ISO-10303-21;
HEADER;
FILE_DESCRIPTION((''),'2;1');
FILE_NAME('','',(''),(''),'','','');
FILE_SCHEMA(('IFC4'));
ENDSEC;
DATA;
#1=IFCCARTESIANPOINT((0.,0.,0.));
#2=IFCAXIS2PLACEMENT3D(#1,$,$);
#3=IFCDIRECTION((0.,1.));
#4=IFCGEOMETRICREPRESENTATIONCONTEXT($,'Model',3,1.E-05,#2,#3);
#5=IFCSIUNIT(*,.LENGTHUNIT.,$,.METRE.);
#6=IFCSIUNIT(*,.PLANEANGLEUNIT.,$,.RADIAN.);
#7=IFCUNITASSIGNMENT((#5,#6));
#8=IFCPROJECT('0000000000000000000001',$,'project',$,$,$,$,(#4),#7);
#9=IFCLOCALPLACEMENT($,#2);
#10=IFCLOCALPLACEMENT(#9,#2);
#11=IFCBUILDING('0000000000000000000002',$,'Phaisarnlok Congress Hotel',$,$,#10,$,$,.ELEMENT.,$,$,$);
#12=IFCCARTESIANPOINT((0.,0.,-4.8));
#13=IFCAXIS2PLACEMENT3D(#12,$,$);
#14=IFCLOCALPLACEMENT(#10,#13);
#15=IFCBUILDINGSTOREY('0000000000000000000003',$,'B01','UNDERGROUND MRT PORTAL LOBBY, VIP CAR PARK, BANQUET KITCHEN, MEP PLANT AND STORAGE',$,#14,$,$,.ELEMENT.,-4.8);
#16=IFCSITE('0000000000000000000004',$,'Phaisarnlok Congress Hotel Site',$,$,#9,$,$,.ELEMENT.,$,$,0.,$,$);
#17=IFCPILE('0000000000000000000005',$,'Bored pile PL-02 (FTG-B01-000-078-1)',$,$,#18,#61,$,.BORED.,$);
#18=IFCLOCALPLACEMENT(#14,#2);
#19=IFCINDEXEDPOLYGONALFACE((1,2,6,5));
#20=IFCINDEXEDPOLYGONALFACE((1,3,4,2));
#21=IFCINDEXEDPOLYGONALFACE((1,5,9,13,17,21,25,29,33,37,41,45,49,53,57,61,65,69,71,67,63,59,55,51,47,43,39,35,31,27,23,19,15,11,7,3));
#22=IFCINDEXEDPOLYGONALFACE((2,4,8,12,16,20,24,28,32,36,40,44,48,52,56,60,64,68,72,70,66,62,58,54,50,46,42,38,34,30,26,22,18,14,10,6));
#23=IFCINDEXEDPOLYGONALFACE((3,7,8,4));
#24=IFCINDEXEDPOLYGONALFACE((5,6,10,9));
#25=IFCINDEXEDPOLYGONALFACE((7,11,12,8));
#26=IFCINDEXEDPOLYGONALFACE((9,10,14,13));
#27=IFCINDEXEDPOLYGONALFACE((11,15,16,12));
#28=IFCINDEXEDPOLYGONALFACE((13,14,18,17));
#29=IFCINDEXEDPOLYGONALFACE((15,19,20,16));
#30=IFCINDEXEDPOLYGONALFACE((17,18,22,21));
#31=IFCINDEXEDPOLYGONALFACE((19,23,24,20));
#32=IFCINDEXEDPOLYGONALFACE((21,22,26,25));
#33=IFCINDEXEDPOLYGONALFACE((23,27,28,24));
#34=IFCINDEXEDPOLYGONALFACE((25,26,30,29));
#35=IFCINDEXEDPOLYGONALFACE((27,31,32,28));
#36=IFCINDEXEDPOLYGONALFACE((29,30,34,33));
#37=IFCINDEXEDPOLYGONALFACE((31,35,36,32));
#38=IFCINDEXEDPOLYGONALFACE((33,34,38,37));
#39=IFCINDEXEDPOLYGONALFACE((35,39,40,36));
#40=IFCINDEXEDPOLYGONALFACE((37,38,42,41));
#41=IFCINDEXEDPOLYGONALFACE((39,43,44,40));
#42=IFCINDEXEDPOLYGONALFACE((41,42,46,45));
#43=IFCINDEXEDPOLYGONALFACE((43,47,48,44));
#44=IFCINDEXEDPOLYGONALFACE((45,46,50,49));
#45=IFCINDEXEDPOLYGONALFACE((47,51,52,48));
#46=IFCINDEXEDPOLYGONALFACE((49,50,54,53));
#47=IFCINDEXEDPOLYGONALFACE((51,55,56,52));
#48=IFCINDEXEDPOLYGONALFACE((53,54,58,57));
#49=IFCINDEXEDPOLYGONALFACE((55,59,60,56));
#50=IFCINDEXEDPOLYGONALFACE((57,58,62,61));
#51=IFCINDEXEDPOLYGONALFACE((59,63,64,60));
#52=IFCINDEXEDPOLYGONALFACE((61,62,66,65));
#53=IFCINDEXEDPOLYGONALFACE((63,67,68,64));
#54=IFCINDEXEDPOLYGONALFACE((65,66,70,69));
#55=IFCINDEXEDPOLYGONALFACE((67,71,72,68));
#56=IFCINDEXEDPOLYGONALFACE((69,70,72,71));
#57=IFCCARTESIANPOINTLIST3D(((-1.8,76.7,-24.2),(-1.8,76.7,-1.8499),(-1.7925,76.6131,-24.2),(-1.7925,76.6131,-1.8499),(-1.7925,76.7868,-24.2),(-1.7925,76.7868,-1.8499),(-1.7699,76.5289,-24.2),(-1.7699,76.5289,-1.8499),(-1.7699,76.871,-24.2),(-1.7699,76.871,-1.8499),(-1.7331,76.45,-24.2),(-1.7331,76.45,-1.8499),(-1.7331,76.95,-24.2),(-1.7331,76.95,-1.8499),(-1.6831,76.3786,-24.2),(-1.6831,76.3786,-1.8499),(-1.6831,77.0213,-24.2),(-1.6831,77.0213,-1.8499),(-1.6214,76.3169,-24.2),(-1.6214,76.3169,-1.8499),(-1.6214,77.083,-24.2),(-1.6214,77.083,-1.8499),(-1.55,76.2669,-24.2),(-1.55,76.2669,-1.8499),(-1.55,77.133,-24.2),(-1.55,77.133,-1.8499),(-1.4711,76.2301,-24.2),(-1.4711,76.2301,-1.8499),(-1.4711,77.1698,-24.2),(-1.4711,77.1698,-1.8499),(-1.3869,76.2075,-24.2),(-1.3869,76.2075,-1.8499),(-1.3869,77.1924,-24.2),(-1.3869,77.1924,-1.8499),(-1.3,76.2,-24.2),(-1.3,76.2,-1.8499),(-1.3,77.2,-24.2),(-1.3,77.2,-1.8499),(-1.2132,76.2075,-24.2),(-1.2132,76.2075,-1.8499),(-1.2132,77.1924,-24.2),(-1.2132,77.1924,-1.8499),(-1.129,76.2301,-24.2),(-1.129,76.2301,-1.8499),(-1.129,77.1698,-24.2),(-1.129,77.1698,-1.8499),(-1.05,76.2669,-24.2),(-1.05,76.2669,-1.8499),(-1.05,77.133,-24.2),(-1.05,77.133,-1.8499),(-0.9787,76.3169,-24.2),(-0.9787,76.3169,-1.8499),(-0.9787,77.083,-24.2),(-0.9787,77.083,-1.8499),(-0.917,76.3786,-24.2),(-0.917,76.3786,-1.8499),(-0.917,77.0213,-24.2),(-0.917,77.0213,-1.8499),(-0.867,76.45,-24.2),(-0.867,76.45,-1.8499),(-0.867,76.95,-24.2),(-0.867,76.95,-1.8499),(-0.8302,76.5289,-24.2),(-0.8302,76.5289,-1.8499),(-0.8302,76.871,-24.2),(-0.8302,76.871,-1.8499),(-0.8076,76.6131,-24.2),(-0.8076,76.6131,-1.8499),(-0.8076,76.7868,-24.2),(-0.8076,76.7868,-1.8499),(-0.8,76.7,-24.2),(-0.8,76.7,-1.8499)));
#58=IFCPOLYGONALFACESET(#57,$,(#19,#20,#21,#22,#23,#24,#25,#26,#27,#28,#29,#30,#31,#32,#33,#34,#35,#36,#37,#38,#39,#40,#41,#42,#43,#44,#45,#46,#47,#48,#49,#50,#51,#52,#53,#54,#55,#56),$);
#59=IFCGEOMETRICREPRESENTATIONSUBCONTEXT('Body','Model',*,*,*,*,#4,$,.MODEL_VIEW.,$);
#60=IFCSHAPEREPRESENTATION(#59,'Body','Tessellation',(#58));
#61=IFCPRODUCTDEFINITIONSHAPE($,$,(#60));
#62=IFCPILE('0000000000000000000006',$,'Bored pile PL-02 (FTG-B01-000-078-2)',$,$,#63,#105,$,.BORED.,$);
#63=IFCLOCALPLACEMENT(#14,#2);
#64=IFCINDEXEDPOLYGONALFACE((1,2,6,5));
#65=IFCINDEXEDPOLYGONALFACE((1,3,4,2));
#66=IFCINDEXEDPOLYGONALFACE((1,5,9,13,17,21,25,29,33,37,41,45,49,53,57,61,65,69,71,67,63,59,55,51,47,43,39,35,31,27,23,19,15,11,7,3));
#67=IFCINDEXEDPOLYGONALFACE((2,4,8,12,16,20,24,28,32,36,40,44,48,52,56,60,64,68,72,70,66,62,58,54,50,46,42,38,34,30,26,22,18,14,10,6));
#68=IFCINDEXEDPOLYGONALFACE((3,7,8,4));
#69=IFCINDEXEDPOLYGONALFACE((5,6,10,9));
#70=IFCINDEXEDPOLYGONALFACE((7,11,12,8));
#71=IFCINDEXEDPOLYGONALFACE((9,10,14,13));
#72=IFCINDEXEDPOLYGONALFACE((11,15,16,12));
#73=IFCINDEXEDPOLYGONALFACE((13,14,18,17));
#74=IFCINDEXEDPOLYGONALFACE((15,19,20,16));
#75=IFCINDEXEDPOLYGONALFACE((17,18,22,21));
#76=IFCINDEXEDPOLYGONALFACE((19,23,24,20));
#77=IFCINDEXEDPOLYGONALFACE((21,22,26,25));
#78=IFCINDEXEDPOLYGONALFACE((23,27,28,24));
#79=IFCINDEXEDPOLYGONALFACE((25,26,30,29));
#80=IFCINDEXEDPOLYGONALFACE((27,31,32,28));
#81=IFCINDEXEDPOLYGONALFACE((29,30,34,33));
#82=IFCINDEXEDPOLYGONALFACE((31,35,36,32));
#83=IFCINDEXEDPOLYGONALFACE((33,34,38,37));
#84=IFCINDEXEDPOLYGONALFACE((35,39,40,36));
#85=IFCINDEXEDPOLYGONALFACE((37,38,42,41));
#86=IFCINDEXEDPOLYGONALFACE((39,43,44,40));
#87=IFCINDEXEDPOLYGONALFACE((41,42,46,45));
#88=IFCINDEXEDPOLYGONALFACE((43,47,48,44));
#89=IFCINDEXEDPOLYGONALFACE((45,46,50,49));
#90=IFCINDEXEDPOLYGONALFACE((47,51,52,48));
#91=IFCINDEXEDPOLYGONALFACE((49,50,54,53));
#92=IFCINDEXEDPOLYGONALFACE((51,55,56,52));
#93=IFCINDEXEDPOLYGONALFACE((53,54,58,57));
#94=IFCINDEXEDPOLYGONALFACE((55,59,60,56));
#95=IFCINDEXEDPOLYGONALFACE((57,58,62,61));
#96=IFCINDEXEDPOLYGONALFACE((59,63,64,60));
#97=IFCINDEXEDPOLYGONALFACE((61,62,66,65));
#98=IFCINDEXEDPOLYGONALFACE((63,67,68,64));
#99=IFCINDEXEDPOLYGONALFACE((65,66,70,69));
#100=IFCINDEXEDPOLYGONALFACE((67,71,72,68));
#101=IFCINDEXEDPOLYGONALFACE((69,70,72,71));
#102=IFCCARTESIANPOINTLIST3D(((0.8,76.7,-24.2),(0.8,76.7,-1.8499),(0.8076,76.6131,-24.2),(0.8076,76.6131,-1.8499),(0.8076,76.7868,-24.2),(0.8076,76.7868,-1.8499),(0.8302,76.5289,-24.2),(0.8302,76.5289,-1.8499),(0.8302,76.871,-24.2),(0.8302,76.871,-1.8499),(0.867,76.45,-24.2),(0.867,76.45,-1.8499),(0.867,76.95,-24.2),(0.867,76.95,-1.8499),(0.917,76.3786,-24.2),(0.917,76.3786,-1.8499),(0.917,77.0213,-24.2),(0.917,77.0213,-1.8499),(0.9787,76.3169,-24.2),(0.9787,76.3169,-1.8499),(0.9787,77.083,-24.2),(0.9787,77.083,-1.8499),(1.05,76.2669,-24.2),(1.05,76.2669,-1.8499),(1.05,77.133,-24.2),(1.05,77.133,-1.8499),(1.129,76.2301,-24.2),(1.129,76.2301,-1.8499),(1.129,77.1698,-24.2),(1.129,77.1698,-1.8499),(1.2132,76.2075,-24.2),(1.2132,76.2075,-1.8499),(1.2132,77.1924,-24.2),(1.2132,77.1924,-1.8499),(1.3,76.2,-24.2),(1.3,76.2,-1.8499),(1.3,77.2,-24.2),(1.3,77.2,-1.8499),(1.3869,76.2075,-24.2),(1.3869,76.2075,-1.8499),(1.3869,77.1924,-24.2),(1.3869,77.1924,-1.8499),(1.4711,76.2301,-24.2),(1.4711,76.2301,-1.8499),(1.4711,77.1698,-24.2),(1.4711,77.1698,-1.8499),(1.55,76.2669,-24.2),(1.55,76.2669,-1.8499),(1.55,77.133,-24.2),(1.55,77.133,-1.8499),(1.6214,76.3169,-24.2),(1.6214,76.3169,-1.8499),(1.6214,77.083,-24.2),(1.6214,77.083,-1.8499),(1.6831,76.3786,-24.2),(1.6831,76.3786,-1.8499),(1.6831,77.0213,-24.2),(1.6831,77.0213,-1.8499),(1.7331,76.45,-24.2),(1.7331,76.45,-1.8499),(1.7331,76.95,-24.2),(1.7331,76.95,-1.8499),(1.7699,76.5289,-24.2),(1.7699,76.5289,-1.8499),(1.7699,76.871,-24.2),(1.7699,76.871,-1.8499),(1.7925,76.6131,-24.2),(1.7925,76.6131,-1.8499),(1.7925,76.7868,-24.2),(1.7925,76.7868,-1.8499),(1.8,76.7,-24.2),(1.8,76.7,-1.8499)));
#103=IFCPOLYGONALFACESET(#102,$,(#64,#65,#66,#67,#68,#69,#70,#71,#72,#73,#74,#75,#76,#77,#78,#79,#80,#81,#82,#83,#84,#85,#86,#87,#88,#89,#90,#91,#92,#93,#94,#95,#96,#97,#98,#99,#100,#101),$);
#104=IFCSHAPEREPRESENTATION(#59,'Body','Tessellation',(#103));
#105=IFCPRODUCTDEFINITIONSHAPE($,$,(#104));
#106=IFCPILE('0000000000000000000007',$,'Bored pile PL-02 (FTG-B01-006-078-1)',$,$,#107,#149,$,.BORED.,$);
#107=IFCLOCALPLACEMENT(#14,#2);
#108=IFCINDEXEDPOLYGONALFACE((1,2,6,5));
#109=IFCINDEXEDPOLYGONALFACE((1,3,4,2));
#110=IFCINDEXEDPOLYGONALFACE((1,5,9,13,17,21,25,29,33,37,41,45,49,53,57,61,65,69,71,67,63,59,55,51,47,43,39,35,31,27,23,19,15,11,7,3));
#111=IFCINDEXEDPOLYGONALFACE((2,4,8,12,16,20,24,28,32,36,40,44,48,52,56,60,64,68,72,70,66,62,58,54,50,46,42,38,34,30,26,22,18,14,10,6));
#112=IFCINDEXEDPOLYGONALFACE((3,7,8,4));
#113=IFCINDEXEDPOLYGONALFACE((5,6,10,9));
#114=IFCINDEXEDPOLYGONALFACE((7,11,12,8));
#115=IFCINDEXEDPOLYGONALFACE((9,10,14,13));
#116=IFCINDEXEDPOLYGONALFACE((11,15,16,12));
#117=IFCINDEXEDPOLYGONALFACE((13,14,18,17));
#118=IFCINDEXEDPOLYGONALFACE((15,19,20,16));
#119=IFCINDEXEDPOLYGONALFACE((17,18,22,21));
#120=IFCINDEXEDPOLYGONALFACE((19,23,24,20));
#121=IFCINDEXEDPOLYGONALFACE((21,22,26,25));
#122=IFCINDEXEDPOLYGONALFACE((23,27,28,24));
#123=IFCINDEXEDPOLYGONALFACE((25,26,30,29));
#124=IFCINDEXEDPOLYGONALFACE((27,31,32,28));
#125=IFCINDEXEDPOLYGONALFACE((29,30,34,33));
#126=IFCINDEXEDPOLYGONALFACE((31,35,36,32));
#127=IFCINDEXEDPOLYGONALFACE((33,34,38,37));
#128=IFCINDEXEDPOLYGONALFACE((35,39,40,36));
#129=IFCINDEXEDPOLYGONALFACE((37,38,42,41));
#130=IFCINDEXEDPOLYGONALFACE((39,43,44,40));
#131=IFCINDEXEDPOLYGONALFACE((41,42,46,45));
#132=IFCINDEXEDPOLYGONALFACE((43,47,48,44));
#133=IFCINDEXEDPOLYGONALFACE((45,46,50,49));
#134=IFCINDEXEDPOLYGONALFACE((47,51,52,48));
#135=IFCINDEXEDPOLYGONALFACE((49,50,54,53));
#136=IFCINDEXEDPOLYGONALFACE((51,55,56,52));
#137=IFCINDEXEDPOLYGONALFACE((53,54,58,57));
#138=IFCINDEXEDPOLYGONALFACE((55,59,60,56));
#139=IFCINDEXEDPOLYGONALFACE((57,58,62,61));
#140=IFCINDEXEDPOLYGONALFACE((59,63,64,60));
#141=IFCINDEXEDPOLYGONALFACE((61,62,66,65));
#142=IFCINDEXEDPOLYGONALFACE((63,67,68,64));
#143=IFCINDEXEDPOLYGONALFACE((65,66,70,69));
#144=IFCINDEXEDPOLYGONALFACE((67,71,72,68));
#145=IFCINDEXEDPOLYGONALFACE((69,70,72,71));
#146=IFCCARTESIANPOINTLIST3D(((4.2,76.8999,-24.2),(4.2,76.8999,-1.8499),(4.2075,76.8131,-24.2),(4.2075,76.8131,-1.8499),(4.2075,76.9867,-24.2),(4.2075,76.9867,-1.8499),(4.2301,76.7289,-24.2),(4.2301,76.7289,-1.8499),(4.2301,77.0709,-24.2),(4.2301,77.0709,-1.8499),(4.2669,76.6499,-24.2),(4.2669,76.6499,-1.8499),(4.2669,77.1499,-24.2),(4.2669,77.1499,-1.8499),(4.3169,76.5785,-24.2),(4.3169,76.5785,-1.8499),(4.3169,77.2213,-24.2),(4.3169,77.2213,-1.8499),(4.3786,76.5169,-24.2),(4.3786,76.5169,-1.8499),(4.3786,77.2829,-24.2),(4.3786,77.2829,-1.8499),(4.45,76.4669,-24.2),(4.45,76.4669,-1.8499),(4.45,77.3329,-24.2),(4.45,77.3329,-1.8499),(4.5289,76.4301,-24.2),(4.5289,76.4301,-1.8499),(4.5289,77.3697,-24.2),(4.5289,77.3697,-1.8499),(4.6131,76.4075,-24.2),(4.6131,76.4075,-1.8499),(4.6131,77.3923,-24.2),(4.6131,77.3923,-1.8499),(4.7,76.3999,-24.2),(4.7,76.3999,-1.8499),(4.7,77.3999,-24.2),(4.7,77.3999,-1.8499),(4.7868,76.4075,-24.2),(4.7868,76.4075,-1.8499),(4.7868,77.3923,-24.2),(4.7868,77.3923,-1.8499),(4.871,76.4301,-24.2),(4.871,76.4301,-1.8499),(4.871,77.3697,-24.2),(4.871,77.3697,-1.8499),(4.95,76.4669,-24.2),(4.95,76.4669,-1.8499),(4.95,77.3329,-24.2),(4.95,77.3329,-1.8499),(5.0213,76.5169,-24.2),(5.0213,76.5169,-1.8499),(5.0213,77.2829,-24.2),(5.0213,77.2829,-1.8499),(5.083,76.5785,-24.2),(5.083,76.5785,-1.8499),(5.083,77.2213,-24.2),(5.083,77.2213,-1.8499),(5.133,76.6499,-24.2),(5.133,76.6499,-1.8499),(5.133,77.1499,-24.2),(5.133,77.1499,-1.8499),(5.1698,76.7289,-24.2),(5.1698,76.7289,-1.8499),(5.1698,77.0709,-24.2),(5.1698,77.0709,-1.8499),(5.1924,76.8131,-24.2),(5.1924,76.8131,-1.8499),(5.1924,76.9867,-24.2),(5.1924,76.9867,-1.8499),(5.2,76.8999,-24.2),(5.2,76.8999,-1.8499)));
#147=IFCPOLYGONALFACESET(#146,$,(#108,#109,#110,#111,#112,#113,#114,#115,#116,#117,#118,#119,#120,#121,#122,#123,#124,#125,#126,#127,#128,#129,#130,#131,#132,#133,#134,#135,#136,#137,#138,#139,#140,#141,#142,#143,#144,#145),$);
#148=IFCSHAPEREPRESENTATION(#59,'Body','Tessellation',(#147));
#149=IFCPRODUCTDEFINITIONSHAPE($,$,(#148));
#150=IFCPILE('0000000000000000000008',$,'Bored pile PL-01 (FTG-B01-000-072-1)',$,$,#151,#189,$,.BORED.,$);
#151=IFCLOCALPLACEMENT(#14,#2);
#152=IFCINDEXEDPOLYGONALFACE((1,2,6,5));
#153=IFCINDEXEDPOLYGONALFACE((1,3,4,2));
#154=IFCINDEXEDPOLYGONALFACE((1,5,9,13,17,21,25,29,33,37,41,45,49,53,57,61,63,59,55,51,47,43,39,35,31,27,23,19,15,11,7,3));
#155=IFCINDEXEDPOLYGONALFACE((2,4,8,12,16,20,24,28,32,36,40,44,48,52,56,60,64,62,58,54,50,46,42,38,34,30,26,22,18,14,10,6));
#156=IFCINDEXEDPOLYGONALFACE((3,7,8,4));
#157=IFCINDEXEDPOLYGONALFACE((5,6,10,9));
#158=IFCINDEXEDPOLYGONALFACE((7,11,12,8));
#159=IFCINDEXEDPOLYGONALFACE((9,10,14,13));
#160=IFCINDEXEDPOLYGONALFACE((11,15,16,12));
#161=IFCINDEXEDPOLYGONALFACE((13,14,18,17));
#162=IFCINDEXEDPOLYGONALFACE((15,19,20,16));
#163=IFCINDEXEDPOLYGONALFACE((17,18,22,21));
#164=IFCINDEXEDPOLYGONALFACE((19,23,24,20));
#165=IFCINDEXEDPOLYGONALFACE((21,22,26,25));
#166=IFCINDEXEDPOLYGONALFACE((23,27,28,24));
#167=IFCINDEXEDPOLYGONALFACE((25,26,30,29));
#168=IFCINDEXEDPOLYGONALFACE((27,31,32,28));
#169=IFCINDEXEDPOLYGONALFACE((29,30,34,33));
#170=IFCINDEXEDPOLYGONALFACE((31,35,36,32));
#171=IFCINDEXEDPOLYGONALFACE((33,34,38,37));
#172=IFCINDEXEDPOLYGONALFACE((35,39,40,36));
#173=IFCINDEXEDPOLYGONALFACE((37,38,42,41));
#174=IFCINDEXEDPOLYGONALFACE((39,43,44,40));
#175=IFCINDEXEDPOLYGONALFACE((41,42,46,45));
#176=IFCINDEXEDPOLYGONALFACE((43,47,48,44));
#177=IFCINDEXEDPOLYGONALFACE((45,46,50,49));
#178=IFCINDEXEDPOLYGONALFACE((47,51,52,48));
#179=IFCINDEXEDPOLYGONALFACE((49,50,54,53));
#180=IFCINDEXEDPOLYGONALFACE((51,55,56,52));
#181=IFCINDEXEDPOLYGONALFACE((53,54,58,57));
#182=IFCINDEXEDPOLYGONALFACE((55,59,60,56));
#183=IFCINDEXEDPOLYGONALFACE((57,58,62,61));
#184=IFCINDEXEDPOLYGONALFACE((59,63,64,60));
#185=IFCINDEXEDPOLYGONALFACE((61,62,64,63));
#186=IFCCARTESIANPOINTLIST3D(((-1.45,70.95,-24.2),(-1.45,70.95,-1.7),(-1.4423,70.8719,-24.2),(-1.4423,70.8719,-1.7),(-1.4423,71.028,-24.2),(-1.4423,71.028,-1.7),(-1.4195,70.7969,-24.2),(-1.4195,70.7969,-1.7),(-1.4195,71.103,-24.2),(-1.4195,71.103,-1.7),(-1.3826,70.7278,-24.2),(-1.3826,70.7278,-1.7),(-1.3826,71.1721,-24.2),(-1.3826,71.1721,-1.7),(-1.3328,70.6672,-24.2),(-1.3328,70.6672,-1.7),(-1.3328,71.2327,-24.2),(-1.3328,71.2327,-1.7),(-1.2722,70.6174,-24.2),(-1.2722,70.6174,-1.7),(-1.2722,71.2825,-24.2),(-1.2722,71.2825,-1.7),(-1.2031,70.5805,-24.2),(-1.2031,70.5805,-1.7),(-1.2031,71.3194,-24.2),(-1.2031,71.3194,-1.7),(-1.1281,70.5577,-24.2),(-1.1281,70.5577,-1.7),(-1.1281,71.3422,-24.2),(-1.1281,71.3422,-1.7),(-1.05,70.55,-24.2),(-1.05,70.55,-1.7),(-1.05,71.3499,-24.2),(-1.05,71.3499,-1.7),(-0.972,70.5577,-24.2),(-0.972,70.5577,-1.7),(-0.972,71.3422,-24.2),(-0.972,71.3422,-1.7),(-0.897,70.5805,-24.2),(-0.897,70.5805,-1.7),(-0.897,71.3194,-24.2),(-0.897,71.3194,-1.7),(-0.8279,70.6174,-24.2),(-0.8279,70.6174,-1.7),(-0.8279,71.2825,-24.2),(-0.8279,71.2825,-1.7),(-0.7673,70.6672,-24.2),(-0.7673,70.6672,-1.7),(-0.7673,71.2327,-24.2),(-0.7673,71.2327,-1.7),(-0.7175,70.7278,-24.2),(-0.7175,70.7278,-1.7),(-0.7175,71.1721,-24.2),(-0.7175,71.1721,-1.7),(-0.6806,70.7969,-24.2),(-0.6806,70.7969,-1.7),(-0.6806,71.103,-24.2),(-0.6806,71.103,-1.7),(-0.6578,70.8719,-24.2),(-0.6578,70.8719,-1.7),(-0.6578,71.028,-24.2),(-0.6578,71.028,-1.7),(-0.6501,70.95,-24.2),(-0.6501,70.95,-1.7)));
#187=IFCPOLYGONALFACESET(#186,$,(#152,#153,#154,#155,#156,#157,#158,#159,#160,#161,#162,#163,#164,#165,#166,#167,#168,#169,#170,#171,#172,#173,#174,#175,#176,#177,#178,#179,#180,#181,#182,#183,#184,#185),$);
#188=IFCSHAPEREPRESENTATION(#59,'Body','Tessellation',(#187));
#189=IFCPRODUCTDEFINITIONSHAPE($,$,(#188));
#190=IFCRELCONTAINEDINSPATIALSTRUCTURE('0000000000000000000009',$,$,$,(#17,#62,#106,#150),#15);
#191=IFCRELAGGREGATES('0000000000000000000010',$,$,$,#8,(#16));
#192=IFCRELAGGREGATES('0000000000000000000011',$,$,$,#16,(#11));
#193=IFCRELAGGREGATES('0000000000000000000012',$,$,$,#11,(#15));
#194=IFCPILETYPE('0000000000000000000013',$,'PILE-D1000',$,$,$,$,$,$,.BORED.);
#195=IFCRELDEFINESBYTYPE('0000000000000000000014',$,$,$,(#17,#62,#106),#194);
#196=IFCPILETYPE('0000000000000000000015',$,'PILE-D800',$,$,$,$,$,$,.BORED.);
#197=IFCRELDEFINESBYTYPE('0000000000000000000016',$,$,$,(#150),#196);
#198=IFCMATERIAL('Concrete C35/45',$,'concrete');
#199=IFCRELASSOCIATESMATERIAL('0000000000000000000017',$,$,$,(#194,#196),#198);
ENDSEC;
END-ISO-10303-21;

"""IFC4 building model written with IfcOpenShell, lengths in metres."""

from ifc_helpers import new_model, si_unit, direction, frame, origin, origin_2d, place, context, subcontext, project, spatial, circle, extrude, material, material_profile, profile_set, type_object, element, save


model = new_model("IFC4")

# Units and contexts
model_context = context("Model", 3, precision=1e-05, world=origin(), true_north=direction((0.0, 1.0)))
body_context = subcontext(model_context, "Body", "Model", "MODEL_VIEW")
ifc_project = project(units=[si_unit("LENGTHUNIT", "METRE"), si_unit("PLANEANGLEUNIT", "RADIAN")], contexts=[model_context])

# Site, building, storey
site_placement = place(None, origin())
site = spatial("IfcSite", under=ifc_project, at=site_placement, Name="Phaisarnlok Congress Hotel Site", CompositionType="ELEMENT", RefElevation=0.0)
building_placement = place(site_placement, origin())
building = spatial("IfcBuilding", under=site, at=building_placement, Name="Phaisarnlok Congress Hotel", CompositionType="ELEMENT")
storey_placement = place(building_placement, frame((0.0, 0.0, -4.8)))
storey = spatial("IfcBuildingStorey", under=building, at=storey_placement, Name="B01", Description="UNDERGROUND MRT PORTAL LOBBY, VIP CAR PARK, BANQUET KITCHEN, MEP PLANT AND STORAGE", CompositionType="ELEMENT", Elevation=-4.8)

# Piles
ifc_material_1 = material(Name="Concrete C35/45", Category="concrete")
ifc_material_profile_1 = material_profile(ifc_material_1, circle(Radius=0.5, at=origin_2d()), Name="BORED PILE D1000")
ifc_profile_set_1 = profile_set([ifc_material_profile_1], Name="Concrete C35/45")
pile_type_1 = type_object("IfcPileType", Name="PILE-D1000", PredefinedType="BORED", material=ifc_profile_set_1)
for number, where, z_axis, x_axis, name in (
    (1, (-1.3, 76.7, -1.8499), (0.0, 0.0, -1.0), (1.0, 0.0, 0.0), "Bored pile PL-02 (FTG-B01-000-078-1)"),
    (2, (1.3, 76.7, -1.8499), (0.0, 0.0, -1.0), (1.0, 0.0, 0.0), "Bored pile PL-02 (FTG-B01-000-078-2)"),
    (3, (4.7, 76.8999, -1.8499), (0.0, 0.0, -1.0), (1.0, 0.0, 0.0), "Bored pile PL-02 (FTG-B01-006-078-1)"),
):
    element("IfcPile", number, at=place(storey_placement, frame(where, z_axis=z_axis, x_axis=x_axis)), inside=storey, type_object=pile_type_1, Name=name, PredefinedType="BORED", context=body_context, shape_type="SweptSolid", body=[
        extrude(circle(Radius=0.5, at=origin_2d()), origin(), (0.0, 0.0, 1.0), 22.3501),
    ])
ifc_material_profile_2 = material_profile(ifc_material_1, circle(Radius=0.3999, at=origin_2d()), Name="BORED PILE D800")
ifc_profile_set_2 = profile_set([ifc_material_profile_2], Name="Concrete C35/45")
pile_type_2 = type_object("IfcPileType", Name="PILE-D800", PredefinedType="BORED", material=ifc_profile_set_2)
for number, where, z_axis, x_axis, name in (
    (4, (-1.05, 70.95, -1.7), (0.0, 0.0, -1.0), (1.0, 0.0, 0.0), "Bored pile PL-01 (FTG-B01-000-072-1)"),
):
    element("IfcPile", number, at=place(storey_placement, frame(where, z_axis=z_axis, x_axis=x_axis)), inside=storey, type_object=pile_type_2, Name=name, PredefinedType="BORED", context=body_context, shape_type="SweptSolid", body=[
        extrude(circle(Radius=0.3999, at=origin_2d()), origin(), (0.0, 0.0, 1.0), 22.5),
    ])

save(model, "model.ifc")
